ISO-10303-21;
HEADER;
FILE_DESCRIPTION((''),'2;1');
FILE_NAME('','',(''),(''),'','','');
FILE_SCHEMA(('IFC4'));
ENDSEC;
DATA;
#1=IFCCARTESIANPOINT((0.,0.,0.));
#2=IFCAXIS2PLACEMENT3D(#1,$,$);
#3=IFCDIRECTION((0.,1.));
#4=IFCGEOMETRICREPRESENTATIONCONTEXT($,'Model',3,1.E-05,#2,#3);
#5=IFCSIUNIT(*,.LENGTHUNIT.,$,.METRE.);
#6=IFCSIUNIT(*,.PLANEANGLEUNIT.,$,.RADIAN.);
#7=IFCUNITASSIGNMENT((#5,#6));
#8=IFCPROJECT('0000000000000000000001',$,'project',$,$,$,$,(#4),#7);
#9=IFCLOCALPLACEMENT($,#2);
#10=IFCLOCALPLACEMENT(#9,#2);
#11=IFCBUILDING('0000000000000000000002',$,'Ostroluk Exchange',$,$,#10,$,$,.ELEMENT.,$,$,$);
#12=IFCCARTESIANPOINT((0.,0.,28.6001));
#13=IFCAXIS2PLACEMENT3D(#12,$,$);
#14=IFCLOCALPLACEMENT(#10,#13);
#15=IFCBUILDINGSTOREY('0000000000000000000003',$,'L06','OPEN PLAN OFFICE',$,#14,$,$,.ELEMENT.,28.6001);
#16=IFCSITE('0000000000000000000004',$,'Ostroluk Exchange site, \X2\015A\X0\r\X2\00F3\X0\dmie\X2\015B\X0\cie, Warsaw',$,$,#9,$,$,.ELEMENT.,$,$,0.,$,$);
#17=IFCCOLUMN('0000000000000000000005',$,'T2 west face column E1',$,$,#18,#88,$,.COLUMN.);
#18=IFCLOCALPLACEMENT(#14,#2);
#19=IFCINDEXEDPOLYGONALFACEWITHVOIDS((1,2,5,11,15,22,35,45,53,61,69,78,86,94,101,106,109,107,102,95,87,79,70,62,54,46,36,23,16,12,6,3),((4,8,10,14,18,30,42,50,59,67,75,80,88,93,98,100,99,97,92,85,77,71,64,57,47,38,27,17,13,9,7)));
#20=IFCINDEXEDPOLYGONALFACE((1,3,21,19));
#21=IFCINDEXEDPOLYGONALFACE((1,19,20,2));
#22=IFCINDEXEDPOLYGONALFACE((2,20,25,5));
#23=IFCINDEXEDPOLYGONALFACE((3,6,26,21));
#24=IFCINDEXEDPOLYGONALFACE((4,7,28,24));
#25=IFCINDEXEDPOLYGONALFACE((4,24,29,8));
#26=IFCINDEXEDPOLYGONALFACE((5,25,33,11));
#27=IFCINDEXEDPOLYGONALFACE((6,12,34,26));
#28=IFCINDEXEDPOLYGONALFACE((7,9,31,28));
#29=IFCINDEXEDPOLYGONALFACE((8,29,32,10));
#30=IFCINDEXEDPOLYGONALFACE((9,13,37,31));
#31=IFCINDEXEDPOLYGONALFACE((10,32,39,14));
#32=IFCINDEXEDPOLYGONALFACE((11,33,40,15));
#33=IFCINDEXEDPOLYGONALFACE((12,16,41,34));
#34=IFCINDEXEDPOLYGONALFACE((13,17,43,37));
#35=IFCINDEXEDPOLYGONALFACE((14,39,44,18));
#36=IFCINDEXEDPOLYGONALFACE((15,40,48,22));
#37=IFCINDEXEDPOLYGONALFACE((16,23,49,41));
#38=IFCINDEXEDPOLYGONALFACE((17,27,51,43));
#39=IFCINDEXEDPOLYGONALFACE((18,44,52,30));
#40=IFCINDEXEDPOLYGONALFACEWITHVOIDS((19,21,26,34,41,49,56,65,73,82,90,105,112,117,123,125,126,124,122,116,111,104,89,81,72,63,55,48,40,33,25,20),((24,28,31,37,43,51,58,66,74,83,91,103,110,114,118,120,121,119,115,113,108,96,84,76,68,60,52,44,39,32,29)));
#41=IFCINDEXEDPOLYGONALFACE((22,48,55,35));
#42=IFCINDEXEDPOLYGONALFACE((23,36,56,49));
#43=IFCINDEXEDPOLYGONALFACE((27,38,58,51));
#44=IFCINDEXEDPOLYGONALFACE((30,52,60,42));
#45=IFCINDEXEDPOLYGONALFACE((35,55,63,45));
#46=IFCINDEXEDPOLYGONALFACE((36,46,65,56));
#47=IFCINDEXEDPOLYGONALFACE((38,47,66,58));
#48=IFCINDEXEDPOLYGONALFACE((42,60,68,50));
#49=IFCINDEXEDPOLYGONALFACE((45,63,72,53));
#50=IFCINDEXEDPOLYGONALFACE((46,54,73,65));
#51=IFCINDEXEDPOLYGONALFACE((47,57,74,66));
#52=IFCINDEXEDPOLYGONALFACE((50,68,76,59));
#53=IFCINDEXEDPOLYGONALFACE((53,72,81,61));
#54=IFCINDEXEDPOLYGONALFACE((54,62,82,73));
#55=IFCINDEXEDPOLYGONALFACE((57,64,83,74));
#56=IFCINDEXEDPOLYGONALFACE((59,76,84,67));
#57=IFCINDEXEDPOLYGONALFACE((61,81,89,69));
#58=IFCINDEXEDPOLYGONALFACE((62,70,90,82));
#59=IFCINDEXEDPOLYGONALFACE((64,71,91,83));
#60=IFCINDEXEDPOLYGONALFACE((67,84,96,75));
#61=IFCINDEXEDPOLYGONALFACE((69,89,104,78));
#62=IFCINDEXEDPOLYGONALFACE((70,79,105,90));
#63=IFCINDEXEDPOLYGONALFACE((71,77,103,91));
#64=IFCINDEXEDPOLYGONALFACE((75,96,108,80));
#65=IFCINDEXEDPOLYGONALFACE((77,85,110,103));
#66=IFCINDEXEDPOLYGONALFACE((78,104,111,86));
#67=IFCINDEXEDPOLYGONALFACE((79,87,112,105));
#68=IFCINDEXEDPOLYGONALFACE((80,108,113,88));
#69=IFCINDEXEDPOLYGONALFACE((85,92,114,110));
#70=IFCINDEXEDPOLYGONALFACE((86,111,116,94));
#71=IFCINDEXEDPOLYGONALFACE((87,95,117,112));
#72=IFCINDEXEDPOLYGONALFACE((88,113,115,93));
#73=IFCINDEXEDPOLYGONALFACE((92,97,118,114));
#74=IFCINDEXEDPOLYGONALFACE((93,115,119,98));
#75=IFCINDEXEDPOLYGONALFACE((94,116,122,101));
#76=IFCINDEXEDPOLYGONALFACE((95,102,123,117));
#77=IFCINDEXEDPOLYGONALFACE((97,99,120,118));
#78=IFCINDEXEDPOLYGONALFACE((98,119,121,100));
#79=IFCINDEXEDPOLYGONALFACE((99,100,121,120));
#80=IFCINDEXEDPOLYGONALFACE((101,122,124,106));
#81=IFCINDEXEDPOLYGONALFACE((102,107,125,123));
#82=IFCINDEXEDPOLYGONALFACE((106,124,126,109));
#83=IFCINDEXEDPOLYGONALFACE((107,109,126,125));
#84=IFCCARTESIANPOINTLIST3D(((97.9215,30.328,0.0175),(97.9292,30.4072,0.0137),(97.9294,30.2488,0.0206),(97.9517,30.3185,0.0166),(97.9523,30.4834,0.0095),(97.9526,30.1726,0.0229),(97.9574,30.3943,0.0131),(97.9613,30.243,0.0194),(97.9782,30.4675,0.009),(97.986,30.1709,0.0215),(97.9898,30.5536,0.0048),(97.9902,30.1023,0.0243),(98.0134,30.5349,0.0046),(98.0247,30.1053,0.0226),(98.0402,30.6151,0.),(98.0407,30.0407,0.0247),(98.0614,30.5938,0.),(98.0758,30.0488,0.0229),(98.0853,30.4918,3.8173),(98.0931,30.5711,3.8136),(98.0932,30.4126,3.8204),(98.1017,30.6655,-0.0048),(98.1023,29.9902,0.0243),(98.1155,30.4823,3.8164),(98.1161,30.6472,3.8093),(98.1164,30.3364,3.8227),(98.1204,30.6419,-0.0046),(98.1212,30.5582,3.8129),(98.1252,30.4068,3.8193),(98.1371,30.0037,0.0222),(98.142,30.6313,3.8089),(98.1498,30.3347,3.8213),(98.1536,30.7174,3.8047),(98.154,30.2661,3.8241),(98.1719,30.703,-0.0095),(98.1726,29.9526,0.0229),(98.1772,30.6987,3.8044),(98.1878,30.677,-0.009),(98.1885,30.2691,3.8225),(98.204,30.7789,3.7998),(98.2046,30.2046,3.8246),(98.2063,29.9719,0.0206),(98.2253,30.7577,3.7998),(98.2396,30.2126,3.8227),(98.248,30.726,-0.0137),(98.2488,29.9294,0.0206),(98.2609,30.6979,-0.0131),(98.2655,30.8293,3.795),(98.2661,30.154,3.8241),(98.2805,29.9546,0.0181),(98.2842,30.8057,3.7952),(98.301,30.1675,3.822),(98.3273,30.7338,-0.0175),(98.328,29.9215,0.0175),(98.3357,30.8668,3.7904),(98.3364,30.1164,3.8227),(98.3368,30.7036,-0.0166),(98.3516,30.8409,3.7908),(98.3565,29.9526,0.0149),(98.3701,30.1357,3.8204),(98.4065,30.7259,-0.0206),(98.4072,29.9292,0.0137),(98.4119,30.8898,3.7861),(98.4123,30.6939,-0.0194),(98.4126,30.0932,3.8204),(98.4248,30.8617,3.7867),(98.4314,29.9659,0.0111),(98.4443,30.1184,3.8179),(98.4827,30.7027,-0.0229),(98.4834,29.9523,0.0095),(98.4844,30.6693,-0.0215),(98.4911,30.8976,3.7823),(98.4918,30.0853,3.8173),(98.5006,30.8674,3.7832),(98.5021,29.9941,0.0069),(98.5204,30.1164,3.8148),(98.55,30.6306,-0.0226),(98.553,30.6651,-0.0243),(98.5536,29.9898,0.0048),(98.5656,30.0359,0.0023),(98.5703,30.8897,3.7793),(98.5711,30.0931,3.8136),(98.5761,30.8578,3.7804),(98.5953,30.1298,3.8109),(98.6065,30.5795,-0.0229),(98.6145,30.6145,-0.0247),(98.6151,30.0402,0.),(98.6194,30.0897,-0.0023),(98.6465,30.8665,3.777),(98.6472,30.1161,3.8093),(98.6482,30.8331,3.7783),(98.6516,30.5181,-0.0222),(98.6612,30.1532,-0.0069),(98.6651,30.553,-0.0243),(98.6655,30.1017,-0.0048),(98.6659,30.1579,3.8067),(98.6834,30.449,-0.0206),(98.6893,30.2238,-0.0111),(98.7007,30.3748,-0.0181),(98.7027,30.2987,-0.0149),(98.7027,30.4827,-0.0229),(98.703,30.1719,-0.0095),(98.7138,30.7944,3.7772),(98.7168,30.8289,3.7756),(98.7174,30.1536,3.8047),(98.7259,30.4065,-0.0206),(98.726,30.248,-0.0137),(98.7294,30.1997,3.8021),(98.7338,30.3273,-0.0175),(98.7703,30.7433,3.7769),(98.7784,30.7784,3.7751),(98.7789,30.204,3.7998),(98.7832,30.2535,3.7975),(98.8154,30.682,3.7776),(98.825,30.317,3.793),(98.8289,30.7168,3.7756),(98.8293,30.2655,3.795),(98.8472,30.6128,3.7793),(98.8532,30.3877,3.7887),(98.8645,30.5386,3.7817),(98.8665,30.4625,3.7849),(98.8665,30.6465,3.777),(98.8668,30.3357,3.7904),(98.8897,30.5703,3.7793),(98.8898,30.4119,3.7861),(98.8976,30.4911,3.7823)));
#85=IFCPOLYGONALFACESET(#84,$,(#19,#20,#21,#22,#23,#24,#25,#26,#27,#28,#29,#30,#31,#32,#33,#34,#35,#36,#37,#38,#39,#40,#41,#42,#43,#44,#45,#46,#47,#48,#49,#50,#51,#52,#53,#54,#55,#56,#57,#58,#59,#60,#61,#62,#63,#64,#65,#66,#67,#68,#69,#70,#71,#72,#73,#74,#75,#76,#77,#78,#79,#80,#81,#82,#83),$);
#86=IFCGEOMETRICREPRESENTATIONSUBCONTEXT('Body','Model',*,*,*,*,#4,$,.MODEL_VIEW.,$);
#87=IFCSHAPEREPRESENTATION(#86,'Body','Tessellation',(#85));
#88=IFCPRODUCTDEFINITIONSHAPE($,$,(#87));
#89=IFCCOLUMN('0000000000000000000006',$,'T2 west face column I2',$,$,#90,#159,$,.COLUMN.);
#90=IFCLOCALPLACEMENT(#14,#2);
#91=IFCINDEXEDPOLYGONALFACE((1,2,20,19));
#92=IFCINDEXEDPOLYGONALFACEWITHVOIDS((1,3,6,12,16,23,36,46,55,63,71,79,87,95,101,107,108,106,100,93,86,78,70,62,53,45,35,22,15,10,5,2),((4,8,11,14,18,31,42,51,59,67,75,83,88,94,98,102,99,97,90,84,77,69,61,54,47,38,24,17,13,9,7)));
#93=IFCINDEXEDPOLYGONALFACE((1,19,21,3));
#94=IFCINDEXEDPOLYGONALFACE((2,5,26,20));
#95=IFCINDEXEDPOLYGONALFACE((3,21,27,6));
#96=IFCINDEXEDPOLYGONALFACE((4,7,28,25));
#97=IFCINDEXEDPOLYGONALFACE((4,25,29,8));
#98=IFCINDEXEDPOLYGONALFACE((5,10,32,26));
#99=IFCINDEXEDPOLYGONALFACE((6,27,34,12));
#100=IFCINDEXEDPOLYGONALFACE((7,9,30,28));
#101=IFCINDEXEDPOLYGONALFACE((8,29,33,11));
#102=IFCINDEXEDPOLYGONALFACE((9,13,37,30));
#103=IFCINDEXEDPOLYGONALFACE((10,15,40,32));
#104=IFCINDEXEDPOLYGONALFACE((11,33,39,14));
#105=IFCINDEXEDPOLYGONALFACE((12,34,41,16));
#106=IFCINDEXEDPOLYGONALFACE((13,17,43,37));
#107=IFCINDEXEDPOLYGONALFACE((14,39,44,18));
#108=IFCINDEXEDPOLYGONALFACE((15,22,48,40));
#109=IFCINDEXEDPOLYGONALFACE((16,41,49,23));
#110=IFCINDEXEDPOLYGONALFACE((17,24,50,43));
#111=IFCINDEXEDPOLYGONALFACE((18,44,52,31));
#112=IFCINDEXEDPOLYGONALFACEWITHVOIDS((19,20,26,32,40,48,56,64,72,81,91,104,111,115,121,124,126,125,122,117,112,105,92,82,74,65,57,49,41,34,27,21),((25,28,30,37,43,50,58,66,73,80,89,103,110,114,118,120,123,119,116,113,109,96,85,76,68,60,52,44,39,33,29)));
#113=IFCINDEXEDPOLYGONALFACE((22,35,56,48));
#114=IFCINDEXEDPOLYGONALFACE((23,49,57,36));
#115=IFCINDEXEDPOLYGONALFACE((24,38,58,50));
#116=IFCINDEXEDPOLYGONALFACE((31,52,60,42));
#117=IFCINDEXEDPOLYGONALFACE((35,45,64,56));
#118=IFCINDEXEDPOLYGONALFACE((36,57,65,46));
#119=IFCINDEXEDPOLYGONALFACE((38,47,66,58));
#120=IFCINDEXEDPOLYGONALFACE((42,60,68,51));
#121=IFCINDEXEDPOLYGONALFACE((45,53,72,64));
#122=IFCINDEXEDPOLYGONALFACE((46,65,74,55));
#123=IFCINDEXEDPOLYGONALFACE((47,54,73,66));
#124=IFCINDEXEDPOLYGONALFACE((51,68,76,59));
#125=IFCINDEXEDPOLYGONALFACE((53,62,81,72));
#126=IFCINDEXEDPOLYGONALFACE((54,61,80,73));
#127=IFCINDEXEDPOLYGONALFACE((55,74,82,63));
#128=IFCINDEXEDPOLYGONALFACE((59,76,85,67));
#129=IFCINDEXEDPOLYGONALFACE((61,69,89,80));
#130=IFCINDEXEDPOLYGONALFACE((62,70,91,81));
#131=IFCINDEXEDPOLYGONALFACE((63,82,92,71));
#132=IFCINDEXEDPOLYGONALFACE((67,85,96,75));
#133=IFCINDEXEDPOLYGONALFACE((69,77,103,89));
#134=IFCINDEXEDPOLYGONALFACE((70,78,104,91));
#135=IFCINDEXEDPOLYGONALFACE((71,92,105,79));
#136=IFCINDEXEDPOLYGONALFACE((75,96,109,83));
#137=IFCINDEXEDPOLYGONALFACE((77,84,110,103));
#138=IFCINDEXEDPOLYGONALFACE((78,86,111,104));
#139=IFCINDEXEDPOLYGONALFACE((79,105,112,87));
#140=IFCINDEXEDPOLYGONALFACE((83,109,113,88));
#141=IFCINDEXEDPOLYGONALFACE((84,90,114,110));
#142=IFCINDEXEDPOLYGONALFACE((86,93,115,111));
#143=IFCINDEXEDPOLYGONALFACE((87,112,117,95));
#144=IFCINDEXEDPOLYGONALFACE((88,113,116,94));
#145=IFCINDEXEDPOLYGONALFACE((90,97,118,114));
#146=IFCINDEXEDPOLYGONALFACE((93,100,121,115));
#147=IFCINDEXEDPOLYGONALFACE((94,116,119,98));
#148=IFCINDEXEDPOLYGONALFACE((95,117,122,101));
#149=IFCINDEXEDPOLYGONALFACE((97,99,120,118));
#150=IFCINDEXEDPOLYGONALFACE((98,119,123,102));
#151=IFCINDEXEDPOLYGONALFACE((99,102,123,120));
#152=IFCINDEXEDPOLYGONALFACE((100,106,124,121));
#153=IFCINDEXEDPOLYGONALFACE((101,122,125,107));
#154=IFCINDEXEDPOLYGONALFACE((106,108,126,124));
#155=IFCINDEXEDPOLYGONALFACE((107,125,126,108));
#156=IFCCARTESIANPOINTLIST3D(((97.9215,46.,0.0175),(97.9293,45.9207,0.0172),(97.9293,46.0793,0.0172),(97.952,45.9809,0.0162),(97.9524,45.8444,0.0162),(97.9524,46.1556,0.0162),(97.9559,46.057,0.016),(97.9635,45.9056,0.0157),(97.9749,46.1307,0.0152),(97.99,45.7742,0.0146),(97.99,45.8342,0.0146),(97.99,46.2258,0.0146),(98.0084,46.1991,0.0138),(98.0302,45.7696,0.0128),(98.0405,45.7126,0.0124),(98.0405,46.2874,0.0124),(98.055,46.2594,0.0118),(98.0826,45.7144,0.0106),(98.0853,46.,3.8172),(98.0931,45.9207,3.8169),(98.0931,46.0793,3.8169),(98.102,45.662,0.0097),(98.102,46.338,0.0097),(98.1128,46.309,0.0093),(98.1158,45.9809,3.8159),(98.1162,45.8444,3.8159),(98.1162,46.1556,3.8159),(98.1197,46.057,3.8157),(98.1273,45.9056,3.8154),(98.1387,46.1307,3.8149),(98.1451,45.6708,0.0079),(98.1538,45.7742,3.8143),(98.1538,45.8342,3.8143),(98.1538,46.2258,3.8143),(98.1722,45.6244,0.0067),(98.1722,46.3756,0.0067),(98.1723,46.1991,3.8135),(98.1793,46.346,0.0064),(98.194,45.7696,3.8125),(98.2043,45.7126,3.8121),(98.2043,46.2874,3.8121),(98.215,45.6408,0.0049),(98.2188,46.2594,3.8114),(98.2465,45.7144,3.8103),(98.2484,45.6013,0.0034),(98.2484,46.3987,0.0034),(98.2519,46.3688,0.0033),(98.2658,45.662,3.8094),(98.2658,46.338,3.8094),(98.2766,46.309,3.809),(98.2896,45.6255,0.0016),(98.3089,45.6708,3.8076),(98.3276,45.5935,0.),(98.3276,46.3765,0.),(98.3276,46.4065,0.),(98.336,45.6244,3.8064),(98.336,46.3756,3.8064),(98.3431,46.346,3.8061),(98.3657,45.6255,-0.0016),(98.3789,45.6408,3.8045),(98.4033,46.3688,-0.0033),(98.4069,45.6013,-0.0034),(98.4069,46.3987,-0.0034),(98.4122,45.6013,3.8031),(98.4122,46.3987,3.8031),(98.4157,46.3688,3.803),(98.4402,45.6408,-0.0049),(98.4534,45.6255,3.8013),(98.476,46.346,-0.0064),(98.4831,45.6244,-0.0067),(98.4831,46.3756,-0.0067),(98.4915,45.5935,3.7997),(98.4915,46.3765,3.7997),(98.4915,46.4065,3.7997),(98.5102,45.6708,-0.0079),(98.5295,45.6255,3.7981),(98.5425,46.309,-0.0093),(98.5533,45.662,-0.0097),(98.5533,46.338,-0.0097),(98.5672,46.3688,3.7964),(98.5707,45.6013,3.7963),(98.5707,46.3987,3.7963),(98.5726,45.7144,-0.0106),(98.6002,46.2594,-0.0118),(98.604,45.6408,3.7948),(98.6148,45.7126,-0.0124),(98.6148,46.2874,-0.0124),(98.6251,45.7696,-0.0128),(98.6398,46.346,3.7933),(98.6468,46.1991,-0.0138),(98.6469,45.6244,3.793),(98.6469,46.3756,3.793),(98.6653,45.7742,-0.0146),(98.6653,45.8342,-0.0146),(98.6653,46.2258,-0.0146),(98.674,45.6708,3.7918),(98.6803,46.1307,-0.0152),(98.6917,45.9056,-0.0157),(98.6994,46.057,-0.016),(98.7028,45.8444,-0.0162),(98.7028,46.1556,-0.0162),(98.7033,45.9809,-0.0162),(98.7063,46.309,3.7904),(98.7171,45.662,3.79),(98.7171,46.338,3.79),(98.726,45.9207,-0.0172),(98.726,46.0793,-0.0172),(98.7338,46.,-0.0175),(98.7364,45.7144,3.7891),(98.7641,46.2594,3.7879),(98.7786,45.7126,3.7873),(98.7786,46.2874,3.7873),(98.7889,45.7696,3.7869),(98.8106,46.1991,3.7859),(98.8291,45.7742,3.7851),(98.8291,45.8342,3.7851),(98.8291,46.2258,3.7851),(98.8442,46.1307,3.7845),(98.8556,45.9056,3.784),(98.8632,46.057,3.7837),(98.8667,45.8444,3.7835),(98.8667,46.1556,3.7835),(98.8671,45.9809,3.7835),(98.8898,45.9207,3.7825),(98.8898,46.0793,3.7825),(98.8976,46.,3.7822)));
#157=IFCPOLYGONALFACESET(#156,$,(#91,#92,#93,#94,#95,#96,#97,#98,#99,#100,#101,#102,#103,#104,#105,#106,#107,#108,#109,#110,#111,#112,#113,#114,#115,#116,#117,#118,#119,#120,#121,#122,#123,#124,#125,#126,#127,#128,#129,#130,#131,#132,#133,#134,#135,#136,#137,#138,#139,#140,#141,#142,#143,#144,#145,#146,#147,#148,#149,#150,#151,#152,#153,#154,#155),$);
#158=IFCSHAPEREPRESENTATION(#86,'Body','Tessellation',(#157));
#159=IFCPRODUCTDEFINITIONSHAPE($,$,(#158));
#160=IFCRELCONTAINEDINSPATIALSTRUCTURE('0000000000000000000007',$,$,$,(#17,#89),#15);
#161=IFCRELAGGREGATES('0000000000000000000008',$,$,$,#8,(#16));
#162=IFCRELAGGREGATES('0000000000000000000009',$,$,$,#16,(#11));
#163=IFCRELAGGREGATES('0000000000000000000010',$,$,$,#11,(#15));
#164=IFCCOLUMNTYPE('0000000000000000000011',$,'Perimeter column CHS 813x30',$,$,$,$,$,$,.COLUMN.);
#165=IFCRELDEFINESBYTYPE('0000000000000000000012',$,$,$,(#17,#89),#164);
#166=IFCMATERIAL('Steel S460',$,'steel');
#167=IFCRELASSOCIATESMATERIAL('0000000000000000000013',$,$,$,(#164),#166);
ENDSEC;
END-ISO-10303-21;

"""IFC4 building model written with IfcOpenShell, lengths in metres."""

from ifc_helpers import new_model, si_unit, direction, frame, origin, origin_2d, place, context, subcontext, project, spatial, hollow_circle, extrude, material, material_profile, profile_set, type_object, element, save


model = new_model("IFC4")

# Units and contexts
model_context = context("Model", 3, precision=1e-05, world=origin(), true_north=direction((0.0, 1.0)))
body_context = subcontext(model_context, "Body", "Model", "MODEL_VIEW")
ifc_project = project(units=[si_unit("LENGTHUNIT", "METRE"), si_unit("PLANEANGLEUNIT", "RADIAN")], contexts=[model_context])

# Site, building, storey
site_placement = place(None, origin())
site = spatial("IfcSite", under=ifc_project, at=site_placement, Name="Ostroluk Exchange site, Śródmieście, Warsaw", CompositionType="ELEMENT", RefElevation=0.0)
building_placement = place(site_placement, origin())
building = spatial("IfcBuilding", under=site, at=building_placement, Name="Ostroluk Exchange", CompositionType="ELEMENT")
storey_placement = place(building_placement, frame((0.0, 0.0, 28.6001)))
storey = spatial("IfcBuildingStorey", under=building, at=storey_placement, Name="L06", Description="OPEN PLAN OFFICE", CompositionType="ELEMENT", Elevation=28.6001)

# Columns
ifc_material_1 = material(Name="Steel S460", Category="steel")
ifc_material_profile_1 = material_profile(ifc_material_1, hollow_circle(Radius=0.4065, WallThickness=0.03, at=origin_2d()), Name="CHS 813x30")
ifc_profile_set_1 = profile_set([ifc_material_profile_1], Name="Steel S460")
column_type = type_object("IfcColumnType", Name="Perimeter column CHS 813x30", PredefinedType="COLUMN", material=ifc_profile_set_1)
column_1_placement = place(storey_placement, frame((98.3276, 30.3276, 0.0), z_axis=(0.043032, 0.043032, 0.998146), x_axis=(-0.707107, 0.707107, 0.0)))
element("IfcColumn", 1, at=column_1_placement, inside=storey, type_object=column_type, Name="T2 west face column E1", PredefinedType="COLUMN", context=body_context, shape_type="SweptSolid", body=[
    extrude(hollow_circle(Radius=0.4065, WallThickness=0.03, at=origin_2d()), origin(), (0.0, 0.0, 1.0), 3.8069),
])
column_2_placement = place(storey_placement, frame((98.3276, 46.0, 0.0), z_axis=(0.043072, 0.0, 0.999072), x_axis=(0.0, 1.0, 0.0)))
element("IfcColumn", 2, at=column_2_placement, inside=storey, type_object=column_type, Name="T2 west face column I2", PredefinedType="COLUMN", context=body_context, shape_type="SweptSolid", body=[
    extrude(hollow_circle(Radius=0.4065, WallThickness=0.03, at=origin_2d()), origin(), (0.0, 0.0, 1.0), 3.8032),
])

save(model, "model.ifc")
